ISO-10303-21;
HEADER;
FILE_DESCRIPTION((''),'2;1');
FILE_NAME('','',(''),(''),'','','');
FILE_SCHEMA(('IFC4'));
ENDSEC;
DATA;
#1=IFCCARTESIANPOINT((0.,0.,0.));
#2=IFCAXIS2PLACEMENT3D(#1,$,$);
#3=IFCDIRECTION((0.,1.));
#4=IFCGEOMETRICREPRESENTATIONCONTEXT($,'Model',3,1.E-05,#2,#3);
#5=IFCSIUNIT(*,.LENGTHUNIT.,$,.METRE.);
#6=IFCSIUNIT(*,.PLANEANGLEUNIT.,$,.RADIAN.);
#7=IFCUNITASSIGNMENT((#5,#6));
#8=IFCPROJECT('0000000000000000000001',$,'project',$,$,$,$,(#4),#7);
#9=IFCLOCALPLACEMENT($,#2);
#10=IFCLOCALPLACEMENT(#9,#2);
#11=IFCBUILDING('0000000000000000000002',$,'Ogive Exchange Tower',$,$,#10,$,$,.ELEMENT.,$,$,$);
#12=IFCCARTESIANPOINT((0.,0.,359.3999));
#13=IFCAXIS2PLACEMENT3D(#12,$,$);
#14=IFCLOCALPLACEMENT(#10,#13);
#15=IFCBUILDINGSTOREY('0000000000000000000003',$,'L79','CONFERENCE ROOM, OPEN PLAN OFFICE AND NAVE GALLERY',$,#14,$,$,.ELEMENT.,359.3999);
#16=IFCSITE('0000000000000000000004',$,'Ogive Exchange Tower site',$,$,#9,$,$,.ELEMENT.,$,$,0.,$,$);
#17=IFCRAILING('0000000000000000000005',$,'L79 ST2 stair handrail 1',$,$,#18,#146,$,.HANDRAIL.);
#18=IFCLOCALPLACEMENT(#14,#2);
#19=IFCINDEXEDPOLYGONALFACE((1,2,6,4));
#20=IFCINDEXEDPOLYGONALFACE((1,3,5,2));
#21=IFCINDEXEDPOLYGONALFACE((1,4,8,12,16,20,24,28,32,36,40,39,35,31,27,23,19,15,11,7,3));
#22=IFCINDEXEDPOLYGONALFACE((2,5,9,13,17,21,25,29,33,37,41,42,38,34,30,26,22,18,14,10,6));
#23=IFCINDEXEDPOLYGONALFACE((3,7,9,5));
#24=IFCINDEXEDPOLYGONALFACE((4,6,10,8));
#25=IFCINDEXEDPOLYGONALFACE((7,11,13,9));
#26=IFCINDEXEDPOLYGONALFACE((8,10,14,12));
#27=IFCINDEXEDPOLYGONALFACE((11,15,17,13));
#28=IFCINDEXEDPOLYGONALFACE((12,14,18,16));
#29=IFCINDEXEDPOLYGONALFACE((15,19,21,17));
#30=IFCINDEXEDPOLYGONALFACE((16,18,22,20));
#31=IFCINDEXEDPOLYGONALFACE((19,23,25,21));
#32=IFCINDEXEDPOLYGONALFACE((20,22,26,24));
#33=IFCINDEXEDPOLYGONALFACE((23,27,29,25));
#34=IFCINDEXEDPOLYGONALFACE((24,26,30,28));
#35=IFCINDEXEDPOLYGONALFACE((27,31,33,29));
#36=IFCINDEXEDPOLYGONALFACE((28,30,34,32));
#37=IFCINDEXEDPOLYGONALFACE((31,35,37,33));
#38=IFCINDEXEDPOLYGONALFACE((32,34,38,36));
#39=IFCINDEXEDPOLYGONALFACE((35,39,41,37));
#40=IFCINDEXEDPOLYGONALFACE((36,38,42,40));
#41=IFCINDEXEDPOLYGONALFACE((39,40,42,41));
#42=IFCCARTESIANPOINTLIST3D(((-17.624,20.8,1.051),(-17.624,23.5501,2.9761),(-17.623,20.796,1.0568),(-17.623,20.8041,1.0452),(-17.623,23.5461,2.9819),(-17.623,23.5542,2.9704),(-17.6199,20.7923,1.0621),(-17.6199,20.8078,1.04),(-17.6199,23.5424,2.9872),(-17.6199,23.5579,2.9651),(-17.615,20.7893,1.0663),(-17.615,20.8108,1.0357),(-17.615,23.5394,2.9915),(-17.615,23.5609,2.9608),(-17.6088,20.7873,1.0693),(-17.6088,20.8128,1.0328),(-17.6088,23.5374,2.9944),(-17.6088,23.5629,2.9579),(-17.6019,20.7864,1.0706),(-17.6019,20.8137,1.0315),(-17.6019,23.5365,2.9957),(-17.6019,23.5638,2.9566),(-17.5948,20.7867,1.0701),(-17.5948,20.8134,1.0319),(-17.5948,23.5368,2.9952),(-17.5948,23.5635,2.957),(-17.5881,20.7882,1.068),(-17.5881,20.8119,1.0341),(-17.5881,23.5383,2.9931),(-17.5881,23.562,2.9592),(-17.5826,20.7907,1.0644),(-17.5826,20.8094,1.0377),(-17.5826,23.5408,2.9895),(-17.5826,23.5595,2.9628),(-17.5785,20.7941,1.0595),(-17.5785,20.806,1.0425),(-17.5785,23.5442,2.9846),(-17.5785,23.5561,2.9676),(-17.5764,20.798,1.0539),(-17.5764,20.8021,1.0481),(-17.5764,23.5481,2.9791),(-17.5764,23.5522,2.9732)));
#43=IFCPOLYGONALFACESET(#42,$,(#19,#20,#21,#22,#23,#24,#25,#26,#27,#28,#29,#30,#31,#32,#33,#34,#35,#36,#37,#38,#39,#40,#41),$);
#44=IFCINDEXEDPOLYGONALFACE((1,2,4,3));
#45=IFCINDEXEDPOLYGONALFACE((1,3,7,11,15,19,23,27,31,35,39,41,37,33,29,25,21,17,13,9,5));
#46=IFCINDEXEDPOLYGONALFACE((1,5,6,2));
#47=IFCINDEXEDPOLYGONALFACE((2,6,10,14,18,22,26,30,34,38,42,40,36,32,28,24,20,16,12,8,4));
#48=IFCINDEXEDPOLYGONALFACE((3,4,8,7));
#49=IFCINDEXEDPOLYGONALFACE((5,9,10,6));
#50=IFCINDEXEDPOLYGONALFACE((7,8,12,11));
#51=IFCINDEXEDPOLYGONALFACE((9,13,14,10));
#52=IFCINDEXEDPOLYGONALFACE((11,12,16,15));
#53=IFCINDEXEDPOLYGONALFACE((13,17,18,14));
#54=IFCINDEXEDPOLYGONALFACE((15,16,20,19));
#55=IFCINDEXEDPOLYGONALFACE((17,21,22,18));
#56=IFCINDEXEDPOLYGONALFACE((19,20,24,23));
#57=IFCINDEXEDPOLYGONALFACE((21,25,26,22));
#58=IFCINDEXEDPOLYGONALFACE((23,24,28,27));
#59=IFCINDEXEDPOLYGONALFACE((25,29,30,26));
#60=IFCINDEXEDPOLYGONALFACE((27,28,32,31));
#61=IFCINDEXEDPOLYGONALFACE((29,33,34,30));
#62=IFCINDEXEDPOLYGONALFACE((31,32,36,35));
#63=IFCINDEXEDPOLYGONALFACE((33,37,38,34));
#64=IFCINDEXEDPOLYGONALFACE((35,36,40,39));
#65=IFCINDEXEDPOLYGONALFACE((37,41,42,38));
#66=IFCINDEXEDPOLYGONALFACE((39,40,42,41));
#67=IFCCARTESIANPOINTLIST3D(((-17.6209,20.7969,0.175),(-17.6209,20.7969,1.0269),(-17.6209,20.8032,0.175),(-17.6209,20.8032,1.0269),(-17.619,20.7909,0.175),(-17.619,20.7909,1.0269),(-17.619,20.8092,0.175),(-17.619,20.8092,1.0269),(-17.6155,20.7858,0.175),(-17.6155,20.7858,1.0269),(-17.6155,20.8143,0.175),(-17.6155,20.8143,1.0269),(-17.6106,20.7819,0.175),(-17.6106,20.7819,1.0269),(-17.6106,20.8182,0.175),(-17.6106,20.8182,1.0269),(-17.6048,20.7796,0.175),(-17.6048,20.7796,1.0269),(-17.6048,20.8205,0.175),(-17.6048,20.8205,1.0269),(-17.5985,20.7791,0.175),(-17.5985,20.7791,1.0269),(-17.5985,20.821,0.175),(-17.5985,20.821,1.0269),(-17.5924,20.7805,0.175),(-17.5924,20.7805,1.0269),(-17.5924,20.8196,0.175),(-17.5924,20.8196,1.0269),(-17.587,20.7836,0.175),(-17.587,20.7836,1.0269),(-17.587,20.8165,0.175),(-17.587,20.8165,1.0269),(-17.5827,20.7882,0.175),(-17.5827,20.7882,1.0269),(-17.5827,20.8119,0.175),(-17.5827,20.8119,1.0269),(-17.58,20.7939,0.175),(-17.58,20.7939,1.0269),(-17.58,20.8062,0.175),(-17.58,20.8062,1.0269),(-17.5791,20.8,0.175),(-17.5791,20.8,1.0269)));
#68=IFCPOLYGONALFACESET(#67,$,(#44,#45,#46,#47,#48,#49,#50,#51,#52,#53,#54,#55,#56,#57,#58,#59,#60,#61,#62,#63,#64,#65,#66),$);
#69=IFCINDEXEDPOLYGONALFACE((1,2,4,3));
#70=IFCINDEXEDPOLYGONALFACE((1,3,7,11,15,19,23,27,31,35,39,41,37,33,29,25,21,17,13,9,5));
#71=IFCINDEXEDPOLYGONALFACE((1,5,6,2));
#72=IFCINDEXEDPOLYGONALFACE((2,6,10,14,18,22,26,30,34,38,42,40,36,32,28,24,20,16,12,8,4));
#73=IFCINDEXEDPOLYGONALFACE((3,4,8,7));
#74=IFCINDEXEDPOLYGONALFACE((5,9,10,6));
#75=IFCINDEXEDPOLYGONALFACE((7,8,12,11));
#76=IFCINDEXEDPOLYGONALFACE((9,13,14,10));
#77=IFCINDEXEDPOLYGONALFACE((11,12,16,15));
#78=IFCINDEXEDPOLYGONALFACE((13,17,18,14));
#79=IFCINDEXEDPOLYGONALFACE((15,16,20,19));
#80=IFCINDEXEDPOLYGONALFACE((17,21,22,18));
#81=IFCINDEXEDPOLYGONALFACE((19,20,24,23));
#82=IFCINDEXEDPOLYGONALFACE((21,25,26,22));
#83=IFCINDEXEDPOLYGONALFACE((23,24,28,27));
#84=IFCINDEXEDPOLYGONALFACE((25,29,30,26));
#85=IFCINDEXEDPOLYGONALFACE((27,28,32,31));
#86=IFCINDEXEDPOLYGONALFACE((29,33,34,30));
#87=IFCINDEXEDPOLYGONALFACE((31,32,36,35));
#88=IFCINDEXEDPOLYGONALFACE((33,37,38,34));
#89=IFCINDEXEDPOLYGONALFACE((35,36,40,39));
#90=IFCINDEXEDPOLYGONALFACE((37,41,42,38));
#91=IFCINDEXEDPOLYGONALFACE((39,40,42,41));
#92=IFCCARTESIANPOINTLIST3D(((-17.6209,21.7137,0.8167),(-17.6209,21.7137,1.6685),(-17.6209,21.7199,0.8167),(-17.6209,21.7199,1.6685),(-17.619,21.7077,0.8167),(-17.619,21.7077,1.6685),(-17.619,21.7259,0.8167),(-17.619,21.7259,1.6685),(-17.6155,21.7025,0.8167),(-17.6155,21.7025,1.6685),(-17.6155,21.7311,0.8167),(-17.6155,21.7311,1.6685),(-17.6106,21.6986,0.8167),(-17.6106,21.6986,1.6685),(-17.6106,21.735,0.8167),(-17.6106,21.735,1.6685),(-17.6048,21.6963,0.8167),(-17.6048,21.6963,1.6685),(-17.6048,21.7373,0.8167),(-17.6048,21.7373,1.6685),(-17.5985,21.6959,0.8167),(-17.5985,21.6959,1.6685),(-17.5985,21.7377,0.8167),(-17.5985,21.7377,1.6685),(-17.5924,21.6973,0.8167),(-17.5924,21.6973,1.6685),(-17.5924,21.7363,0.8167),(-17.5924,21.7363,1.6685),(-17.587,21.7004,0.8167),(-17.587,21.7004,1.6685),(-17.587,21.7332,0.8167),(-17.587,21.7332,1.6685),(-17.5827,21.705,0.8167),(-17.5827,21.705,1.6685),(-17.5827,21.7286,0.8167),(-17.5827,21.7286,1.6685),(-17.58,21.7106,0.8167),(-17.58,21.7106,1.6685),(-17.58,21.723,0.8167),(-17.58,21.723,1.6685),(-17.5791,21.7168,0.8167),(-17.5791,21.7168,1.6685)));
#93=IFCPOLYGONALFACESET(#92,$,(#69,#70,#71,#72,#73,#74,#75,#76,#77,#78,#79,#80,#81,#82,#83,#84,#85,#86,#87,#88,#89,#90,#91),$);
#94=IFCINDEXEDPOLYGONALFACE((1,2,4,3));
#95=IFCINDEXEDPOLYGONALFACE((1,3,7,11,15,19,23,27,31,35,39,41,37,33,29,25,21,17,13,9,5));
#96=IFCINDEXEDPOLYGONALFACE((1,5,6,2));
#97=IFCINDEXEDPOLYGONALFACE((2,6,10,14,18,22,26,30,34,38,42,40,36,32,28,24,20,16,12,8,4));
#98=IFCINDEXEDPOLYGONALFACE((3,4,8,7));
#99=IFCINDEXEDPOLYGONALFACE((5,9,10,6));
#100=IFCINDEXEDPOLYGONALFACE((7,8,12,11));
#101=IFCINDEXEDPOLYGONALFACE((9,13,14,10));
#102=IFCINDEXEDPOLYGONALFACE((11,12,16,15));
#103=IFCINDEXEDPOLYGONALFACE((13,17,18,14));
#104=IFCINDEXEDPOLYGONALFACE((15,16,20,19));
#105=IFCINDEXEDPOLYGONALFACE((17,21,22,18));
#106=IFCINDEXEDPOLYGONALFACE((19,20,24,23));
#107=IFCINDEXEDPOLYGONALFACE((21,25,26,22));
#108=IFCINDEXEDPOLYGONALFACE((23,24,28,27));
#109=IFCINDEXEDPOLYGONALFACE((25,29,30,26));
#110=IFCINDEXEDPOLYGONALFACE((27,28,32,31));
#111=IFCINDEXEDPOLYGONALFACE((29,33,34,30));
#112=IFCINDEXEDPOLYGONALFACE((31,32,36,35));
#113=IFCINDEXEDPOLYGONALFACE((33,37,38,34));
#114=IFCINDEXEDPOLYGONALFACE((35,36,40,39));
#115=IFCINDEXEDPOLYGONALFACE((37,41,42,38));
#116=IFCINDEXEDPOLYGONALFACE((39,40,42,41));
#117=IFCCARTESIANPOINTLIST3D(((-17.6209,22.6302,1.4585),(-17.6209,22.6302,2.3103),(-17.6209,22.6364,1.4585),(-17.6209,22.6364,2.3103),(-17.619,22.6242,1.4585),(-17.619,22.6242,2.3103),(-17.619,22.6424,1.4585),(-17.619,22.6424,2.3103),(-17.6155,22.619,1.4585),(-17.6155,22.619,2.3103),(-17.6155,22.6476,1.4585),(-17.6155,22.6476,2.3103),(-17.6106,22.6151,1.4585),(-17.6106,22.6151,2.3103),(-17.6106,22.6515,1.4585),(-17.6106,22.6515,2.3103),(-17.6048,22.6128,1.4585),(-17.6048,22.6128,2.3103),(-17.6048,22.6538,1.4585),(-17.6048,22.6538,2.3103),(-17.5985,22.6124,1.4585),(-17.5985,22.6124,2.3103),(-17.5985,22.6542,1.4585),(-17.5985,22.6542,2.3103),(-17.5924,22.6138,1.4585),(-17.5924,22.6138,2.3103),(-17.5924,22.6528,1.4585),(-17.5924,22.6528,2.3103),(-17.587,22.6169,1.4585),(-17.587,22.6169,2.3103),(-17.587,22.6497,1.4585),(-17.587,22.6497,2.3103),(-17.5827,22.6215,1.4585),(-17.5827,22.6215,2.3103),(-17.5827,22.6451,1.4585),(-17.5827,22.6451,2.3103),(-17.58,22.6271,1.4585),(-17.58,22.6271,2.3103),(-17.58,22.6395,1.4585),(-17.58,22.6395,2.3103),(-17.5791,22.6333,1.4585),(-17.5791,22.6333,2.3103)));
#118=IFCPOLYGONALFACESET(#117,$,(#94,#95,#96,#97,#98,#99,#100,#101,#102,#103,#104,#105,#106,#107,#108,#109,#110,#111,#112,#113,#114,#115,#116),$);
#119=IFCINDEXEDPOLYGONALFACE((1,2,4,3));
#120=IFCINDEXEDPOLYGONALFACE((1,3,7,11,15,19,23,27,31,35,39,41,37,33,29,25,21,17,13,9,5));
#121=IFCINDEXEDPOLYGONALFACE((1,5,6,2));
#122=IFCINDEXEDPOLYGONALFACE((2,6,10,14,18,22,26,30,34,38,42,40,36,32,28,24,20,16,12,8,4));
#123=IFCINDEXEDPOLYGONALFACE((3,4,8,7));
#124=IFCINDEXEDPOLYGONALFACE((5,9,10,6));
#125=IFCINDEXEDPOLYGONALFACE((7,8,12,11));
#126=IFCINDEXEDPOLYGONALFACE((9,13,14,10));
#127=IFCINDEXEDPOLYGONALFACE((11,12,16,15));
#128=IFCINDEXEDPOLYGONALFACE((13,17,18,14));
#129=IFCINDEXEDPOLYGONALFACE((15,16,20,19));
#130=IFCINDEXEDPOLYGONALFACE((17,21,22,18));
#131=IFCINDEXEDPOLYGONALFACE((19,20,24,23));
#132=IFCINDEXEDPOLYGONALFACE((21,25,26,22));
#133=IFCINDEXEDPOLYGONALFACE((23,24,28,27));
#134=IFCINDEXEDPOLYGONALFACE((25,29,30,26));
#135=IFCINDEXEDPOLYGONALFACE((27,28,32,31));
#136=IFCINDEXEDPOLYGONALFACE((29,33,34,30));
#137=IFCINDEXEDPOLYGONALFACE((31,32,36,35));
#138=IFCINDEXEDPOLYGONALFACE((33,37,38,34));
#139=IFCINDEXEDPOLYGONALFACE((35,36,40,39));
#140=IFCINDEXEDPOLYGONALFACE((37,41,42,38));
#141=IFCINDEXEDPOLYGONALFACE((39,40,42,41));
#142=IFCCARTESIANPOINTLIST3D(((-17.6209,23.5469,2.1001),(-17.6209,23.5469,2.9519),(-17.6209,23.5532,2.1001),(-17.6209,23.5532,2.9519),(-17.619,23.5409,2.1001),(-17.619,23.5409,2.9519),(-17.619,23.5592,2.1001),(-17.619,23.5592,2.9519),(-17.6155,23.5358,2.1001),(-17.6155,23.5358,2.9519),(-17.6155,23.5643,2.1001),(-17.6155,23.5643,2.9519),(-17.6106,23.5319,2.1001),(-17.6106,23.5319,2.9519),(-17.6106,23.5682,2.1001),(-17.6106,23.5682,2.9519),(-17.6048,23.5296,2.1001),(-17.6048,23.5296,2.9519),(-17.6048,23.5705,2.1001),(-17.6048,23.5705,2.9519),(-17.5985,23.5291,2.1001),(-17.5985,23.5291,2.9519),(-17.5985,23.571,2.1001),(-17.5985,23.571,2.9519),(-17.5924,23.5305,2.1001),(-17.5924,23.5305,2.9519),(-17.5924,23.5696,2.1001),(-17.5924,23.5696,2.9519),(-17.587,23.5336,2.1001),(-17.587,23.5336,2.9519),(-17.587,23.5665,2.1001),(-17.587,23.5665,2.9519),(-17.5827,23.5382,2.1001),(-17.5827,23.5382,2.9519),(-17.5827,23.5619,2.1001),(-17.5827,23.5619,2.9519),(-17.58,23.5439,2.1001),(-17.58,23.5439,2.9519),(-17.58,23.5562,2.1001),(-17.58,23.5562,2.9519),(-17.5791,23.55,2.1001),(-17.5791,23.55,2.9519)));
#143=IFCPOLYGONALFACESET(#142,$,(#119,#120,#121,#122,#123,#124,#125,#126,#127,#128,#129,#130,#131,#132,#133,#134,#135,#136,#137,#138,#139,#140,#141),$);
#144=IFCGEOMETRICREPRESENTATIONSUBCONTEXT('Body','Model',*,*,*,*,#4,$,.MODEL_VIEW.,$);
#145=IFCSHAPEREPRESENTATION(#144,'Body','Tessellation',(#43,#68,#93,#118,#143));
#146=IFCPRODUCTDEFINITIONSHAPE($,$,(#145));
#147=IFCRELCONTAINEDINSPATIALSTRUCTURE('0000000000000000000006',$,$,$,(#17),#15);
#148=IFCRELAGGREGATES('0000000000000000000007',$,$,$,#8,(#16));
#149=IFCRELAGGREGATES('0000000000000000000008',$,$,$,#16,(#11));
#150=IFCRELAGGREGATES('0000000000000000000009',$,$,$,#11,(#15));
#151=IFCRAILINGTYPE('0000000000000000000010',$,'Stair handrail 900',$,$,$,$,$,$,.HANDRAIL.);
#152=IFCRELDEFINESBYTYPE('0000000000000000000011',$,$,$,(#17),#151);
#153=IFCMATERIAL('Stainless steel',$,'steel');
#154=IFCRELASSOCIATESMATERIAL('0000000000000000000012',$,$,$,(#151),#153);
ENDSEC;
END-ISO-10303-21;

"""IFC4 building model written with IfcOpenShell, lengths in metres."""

from ifc_helpers import new_model, si_unit, direction, frame, origin, origin_2d, place, context, subcontext, project, spatial, circle, extrude, material, type_object, element, save


model = new_model("IFC4")

# Units and contexts
model_context = context("Model", 3, precision=1e-05, world=origin(), true_north=direction((0.0, 1.0)))
body_context = subcontext(model_context, "Body", "Model", "MODEL_VIEW")
ifc_project = project(units=[si_unit("LENGTHUNIT", "METRE"), si_unit("PLANEANGLEUNIT", "RADIAN")], contexts=[model_context])

# Site, building, storey
site_placement = place(None, origin())
site = spatial("IfcSite", under=ifc_project, at=site_placement, Name="Ogive Exchange Tower site", CompositionType="ELEMENT", RefElevation=0.0)
building_placement = place(site_placement, origin())
building = spatial("IfcBuilding", under=site, at=building_placement, Name="Ogive Exchange Tower", CompositionType="ELEMENT")
storey_placement = place(building_placement, frame((0.0, 0.0, 359.3999)))
storey = spatial("IfcBuildingStorey", under=building, at=storey_placement, Name="L79", Description="CONFERENCE ROOM, OPEN PLAN OFFICE AND NAVE GALLERY", CompositionType="ELEMENT", Elevation=359.3999)

# Railing
ifc_material_1 = material(Name="Stainless steel", Category="steel")
railing_type = type_object("IfcRailingType", Name="Stair handrail 900", PredefinedType="HANDRAIL", material=ifc_material_1)
railing_placement = place(storey_placement, frame((-17.6001, 20.8, 0.175)))
element("IfcRailing", 1, at=railing_placement, inside=storey, type_object=railing_type, Name="L79 ST2 stair handrail 1", PredefinedType="HANDRAIL", context=body_context, shape_type="SweptSolid", body=[
    extrude(circle(Radius=0.0239, at=origin_2d()), frame((0.0, 0.0, 0.876), z_axis=(0.0, 0.819225, 0.573472), x_axis=(-1.0, 0.0, 0.0)), (0.0, 0.0, 1.0), 3.3569),
    extrude(circle(Radius=0.021, at=origin_2d()), origin(), (0.0, 0.0, 1.0), 0.8518),
    extrude(circle(Radius=0.021, at=origin_2d()), frame((0.0, 0.9167, 0.6416)), (0.0, 0.0, 1.0), 0.8518),
    extrude(circle(Radius=0.021, at=origin_2d()), frame((0.0, 1.8333, 1.2834)), (0.0, 0.0, 1.0), 0.8518),
    extrude(circle(Radius=0.021, at=origin_2d()), frame((0.0, 2.75, 1.925)), (0.0, 0.0, 1.0), 0.8518),
])

save(model, "model.ifc")
